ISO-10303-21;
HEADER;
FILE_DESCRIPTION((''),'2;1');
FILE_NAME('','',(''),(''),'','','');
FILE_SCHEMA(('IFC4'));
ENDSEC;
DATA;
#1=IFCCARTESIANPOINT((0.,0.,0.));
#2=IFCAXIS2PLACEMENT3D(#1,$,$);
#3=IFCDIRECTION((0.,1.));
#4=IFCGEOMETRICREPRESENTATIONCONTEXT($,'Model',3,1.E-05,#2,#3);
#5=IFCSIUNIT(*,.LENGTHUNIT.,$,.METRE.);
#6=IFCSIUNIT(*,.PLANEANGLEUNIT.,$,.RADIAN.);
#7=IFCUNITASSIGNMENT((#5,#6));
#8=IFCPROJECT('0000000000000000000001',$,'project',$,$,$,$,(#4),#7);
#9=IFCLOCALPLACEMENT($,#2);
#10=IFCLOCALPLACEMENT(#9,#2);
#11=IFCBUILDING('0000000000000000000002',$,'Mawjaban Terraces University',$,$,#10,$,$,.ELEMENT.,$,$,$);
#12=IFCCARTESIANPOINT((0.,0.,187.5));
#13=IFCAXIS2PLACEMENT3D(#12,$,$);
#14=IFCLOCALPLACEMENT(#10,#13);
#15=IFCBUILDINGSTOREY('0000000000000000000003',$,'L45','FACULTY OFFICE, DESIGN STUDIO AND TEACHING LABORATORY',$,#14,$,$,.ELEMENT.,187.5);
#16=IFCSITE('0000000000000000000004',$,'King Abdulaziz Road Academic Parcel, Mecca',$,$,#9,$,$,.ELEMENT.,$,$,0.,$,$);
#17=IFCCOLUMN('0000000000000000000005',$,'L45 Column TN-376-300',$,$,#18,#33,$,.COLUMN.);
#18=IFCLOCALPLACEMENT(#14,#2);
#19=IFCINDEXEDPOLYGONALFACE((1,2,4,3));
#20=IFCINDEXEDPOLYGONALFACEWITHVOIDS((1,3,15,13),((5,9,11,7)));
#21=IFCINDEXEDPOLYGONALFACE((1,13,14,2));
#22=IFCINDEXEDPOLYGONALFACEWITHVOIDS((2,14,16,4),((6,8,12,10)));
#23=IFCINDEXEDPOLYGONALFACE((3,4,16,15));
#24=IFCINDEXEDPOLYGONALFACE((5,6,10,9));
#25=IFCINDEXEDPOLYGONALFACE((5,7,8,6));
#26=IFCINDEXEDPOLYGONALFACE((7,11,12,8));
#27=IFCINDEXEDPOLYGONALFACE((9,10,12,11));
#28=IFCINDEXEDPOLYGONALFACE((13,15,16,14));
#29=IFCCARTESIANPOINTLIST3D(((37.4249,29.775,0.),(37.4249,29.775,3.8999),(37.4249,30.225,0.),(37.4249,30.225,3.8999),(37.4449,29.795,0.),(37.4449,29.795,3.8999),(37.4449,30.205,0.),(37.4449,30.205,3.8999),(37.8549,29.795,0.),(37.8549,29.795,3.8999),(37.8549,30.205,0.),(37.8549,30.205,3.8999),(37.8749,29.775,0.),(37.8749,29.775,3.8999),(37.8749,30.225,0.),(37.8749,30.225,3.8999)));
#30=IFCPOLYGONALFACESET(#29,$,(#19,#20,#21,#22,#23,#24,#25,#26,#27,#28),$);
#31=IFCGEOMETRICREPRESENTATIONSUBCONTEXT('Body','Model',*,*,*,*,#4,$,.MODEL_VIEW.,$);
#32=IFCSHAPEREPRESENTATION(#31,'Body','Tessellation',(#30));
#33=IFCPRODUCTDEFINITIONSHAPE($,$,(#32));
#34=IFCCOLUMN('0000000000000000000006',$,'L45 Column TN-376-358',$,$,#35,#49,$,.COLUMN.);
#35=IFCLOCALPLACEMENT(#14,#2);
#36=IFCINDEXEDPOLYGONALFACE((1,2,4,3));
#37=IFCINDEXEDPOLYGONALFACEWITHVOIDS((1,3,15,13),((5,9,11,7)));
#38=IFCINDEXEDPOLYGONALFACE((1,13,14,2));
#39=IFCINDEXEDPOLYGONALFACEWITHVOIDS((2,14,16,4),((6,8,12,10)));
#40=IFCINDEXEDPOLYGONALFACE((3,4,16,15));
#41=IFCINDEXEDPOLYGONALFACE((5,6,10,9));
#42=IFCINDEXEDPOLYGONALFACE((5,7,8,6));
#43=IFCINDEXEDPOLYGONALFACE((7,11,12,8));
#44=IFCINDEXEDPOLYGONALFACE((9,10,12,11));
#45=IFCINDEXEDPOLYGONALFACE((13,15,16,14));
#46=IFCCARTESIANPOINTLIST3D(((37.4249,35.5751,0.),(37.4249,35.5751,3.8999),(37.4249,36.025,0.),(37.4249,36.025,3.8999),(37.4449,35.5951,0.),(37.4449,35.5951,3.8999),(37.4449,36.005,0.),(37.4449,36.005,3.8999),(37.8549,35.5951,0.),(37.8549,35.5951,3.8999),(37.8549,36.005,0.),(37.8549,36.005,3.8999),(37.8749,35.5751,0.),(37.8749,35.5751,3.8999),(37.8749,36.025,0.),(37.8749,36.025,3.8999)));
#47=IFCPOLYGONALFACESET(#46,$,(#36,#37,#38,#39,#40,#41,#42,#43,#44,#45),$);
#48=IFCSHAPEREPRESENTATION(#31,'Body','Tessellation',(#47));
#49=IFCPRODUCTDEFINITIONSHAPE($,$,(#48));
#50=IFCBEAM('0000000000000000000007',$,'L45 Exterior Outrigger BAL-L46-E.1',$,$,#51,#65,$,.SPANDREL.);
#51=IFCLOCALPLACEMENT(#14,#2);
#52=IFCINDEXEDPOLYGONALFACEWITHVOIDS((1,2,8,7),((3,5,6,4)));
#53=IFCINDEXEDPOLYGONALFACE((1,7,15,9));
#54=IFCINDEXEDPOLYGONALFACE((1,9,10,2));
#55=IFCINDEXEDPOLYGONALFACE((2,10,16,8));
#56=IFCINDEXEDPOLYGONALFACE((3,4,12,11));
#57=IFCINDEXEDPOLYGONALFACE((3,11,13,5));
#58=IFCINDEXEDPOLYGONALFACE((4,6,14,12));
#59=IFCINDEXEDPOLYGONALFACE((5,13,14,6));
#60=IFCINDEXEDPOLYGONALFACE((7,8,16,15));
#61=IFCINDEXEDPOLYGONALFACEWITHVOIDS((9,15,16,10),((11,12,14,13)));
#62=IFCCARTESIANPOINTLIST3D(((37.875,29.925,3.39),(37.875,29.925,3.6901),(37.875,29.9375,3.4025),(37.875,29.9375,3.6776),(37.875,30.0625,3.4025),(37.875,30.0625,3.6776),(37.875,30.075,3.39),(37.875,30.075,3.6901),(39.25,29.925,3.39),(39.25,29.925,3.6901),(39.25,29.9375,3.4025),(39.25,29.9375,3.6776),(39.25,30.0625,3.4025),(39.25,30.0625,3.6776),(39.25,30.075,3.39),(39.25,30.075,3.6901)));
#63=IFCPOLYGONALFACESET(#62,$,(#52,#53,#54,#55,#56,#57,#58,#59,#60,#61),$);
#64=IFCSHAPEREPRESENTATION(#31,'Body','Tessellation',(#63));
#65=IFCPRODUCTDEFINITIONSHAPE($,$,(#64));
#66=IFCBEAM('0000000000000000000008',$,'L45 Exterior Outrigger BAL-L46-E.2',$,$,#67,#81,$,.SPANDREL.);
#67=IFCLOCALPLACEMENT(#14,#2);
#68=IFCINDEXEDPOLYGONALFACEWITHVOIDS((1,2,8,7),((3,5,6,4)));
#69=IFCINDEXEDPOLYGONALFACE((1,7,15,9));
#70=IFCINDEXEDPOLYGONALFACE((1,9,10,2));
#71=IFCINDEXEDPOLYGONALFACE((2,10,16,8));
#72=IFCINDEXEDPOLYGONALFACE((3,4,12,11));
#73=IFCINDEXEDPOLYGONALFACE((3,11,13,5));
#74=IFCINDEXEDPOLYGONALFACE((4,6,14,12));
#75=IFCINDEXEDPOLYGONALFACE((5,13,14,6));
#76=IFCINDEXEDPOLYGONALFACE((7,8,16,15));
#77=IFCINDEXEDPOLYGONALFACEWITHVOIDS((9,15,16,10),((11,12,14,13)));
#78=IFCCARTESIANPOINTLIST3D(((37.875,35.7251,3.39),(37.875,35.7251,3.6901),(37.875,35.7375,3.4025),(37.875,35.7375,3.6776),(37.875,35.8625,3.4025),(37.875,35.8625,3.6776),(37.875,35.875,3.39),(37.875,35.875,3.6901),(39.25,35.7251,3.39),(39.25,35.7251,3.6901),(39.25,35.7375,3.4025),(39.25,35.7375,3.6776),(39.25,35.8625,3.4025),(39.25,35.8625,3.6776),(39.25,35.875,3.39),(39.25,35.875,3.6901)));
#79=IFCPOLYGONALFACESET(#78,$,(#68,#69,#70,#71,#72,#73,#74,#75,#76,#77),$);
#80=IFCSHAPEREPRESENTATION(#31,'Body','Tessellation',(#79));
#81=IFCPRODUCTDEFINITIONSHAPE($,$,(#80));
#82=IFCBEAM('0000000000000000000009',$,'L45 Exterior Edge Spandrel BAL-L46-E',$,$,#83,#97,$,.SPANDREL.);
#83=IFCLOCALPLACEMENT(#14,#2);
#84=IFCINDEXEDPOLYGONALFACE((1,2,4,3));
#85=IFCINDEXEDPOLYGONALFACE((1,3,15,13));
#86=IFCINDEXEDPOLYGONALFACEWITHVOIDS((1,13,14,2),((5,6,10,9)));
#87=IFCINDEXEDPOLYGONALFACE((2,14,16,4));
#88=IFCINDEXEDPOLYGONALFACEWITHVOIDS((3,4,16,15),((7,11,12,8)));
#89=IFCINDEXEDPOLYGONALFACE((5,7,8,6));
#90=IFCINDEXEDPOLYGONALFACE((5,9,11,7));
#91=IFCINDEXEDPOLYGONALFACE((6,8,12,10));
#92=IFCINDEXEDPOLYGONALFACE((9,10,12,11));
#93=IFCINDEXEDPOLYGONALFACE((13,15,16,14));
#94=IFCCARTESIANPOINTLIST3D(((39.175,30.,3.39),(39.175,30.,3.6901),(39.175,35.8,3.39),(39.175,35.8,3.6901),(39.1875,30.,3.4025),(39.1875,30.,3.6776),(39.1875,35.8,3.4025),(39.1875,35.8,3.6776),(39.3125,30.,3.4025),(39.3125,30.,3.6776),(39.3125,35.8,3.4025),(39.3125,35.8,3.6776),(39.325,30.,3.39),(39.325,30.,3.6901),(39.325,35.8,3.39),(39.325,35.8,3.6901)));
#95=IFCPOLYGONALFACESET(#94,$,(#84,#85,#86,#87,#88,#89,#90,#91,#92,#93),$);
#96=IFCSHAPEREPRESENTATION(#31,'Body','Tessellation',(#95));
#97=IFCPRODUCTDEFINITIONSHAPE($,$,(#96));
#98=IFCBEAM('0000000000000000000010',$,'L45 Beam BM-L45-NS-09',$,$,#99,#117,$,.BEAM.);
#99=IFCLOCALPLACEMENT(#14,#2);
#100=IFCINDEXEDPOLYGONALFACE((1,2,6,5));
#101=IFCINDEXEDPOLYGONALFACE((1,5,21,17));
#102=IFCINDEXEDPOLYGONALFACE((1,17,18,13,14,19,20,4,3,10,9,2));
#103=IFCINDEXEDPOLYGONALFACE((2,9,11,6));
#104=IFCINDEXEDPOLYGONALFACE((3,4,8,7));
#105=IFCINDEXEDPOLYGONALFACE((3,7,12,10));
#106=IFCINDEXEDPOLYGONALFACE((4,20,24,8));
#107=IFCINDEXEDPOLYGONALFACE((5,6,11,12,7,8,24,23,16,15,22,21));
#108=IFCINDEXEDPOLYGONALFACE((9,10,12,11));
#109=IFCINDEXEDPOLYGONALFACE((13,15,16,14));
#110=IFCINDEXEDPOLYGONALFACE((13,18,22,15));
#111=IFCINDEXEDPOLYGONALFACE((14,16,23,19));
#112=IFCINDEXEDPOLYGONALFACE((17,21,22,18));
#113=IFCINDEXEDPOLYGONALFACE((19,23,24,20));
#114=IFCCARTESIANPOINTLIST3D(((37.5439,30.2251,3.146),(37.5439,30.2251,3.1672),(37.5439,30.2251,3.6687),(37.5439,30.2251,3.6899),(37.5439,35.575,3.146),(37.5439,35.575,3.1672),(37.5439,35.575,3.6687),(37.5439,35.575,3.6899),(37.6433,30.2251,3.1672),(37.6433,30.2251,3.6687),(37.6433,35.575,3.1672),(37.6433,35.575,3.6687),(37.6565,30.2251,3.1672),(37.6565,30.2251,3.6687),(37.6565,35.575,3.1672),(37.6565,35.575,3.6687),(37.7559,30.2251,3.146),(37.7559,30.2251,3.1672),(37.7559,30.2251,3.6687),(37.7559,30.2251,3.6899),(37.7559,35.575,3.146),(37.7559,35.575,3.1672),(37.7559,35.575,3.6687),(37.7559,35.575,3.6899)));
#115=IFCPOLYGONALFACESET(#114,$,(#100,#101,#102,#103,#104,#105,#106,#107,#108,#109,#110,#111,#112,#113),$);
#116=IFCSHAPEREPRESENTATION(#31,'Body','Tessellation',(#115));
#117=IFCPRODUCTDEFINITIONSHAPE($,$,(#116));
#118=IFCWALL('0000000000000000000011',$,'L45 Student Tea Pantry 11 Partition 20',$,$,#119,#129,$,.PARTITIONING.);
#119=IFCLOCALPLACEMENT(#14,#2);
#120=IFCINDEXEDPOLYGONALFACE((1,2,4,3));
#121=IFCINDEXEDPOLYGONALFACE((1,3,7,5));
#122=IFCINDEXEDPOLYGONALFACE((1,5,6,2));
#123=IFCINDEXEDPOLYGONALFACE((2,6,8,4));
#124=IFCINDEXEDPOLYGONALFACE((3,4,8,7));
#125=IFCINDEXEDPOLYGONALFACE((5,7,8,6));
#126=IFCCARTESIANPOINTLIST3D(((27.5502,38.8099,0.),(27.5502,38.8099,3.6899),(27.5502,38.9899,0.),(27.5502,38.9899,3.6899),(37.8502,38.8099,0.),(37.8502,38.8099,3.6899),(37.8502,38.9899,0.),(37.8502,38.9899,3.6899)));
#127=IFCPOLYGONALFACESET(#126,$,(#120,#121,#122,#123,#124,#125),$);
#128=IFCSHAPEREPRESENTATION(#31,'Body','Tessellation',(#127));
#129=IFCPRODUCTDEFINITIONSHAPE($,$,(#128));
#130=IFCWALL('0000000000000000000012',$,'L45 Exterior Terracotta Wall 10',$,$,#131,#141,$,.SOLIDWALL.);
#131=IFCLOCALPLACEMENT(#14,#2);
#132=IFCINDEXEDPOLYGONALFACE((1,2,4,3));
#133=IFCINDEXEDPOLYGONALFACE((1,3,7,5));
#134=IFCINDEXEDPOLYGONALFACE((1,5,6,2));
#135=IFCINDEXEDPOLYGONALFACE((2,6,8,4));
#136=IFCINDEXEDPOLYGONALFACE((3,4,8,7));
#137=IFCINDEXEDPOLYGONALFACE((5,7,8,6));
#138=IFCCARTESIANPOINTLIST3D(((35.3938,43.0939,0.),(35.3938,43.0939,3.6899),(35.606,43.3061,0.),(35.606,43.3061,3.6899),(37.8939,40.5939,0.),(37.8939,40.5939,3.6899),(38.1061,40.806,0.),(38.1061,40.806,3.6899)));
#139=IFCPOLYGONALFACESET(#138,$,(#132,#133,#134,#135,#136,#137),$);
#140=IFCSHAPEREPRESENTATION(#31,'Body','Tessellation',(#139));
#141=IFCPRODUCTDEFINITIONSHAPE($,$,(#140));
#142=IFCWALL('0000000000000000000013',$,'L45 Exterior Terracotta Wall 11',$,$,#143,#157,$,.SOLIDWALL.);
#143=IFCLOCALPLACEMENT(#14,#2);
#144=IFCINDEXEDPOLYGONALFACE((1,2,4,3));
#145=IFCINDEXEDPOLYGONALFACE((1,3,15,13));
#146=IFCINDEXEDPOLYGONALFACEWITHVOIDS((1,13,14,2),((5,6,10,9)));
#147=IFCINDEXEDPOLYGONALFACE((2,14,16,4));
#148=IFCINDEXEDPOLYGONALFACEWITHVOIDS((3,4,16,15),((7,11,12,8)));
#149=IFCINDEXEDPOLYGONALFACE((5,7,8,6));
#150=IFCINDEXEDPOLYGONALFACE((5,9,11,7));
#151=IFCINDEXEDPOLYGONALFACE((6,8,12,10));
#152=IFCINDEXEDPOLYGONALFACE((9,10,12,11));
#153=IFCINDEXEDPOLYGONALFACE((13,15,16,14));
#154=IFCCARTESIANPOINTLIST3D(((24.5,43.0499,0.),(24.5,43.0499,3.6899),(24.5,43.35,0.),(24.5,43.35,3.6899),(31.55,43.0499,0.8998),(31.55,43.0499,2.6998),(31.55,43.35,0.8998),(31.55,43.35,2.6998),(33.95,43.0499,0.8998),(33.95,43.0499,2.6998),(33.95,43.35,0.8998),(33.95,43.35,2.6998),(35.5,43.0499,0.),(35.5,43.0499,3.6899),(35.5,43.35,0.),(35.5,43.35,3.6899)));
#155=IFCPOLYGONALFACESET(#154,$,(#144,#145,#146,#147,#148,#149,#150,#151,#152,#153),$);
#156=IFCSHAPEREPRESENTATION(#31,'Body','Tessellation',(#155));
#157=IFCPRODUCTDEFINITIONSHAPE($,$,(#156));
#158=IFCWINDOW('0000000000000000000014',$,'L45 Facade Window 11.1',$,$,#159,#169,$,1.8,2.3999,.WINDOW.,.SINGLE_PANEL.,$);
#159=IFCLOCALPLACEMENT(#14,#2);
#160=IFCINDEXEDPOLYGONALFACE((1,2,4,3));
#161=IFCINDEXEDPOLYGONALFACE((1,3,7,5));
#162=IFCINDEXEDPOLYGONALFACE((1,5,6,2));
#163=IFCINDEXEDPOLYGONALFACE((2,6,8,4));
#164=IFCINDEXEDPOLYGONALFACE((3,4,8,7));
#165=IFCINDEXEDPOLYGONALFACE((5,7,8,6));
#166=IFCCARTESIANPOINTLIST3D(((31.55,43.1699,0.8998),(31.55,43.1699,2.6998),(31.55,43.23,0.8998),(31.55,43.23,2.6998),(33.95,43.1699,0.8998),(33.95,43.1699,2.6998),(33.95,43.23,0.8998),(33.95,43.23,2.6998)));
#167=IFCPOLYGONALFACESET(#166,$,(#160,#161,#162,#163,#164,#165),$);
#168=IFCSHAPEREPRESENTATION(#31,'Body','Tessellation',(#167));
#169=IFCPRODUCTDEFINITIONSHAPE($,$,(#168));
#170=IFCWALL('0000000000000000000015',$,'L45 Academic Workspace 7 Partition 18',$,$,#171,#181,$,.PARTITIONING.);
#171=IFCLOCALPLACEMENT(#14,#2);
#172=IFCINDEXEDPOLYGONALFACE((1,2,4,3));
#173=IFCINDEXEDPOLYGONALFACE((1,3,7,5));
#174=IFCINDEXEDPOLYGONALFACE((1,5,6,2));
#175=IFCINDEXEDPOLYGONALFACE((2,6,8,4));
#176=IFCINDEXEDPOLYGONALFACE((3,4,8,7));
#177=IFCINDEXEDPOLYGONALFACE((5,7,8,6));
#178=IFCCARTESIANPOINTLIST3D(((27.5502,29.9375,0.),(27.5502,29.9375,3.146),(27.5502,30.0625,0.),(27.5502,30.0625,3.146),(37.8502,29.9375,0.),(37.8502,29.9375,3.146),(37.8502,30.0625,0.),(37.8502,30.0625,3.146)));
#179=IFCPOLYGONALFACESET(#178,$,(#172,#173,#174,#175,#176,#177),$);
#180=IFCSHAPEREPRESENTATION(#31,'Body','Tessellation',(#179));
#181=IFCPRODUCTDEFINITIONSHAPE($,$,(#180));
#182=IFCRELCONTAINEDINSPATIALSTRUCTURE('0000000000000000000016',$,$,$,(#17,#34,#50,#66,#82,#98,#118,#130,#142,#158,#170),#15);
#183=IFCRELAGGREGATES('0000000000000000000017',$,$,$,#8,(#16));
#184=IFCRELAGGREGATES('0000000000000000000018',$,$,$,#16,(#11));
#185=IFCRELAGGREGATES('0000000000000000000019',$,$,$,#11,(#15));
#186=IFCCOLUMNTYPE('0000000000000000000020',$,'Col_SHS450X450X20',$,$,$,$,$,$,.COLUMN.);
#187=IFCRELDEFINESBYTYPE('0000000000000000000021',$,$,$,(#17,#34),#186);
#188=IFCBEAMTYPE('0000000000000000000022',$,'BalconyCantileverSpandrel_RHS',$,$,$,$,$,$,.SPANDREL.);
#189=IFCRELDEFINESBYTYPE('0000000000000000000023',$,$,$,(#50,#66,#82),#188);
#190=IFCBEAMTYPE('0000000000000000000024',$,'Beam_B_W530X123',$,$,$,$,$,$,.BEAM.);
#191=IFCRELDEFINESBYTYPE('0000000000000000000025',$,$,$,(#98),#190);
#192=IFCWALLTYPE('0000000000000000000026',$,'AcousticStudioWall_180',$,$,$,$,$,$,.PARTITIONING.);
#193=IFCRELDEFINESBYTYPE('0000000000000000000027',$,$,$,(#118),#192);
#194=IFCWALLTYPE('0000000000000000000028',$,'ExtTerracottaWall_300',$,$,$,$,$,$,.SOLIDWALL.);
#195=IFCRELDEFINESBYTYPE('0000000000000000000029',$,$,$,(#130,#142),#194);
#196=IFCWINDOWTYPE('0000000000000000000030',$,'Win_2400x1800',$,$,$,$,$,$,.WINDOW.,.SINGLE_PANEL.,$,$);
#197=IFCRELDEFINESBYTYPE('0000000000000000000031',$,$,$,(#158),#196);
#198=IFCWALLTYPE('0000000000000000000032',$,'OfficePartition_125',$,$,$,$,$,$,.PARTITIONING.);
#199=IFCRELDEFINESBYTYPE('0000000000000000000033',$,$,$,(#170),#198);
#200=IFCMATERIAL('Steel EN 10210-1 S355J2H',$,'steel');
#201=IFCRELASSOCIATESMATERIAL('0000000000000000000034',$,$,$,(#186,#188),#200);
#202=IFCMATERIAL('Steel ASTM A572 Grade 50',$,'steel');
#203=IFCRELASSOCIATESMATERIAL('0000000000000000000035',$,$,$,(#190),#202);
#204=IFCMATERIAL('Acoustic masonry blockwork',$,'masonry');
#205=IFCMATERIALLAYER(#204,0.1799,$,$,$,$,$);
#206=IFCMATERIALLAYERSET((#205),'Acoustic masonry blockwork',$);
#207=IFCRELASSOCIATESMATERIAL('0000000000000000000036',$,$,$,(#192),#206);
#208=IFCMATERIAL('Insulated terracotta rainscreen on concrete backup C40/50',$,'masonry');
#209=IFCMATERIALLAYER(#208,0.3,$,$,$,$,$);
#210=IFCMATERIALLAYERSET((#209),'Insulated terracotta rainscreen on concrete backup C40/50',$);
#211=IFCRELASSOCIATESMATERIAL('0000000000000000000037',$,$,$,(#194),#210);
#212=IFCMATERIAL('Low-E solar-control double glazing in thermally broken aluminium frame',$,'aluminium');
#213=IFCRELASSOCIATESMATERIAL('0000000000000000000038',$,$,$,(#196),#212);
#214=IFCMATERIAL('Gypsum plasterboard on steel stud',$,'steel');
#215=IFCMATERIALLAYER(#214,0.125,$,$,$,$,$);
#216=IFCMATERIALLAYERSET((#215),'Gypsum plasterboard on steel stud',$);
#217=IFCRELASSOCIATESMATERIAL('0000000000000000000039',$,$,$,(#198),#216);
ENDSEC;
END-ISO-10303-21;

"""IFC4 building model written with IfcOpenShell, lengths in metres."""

from ifc_helpers import new_model, si_unit, direction, frame, frame_2d, origin, origin_2d, place, context, subcontext, project, spatial, rectangle, hollow_rectangle, i_section, extrude, material, layer, layer_set, material_profile, profile_set, type_object, element, fill, save


model = new_model("IFC4")

# Units and contexts
model_context = context("Model", 3, precision=1e-05, world=origin(), true_north=direction((0.0, 1.0)))
body_context = subcontext(model_context, "Body", "Model", "MODEL_VIEW")
ifc_project = project(units=[si_unit("LENGTHUNIT", "METRE"), si_unit("PLANEANGLEUNIT", "RADIAN")], contexts=[model_context])

# Site, building, storey
site_placement = place(None, origin())
site = spatial("IfcSite", under=ifc_project, at=site_placement, Name="King Abdulaziz Road Academic Parcel, Mecca", CompositionType="ELEMENT", RefElevation=0.0)
building_placement = place(site_placement, origin())
building = spatial("IfcBuilding", under=site, at=building_placement, Name="Mawjaban Terraces University", CompositionType="ELEMENT")
storey_placement = place(building_placement, frame((0.0, 0.0, 187.5)))
storey = spatial("IfcBuildingStorey", under=building, at=storey_placement, Name="L45", Description="FACULTY OFFICE, DESIGN STUDIO AND TEACHING LABORATORY", CompositionType="ELEMENT", Elevation=187.5)

# Columns
ifc_material_1 = material(Name="Steel EN 10210-1 S355J2H", Category="steel")
ifc_material_profile_1 = material_profile(ifc_material_1, hollow_rectangle(XDim=0.45, YDim=0.45, WallThickness=0.02, at=origin_2d()), Name="SHS450X450X20")
ifc_profile_set_1 = profile_set([ifc_material_profile_1], Name="Steel EN 10210-1 S355J2H")
column_type = type_object("IfcColumnType", Name="Col_SHS450X450X20", PredefinedType="COLUMN", material=ifc_profile_set_1)
for number, where, z_axis, x_axis, name in (
    (1, (37.6499, 30.0, 0.0), (0.0, 0.0, 1.0), (1.0, 0.0, 0.0), "L45 Column TN-376-300"),
    (2, (37.6499, 35.8, 0.0), (0.0, 0.0, 1.0), (1.0, 0.0, 0.0), "L45 Column TN-376-358"),
):
    element("IfcColumn", number, at=place(storey_placement, frame(where, z_axis=z_axis, x_axis=x_axis)), inside=storey, type_object=column_type, Name=name, PredefinedType="COLUMN", context=body_context, shape_type="SweptSolid", body=[
        extrude(hollow_rectangle(XDim=0.45, YDim=0.45, WallThickness=0.02, at=origin_2d()), origin(), (0.0, 0.0, 1.0), 3.8999),
    ])

# Beams
ifc_material_profile_2 = material_profile(ifc_material_1, hollow_rectangle(XDim=0.1499, YDim=0.3, WallThickness=0.0125, at=origin_2d()), Name="RHS300X150X12.5")
ifc_profile_set_2 = profile_set([ifc_material_profile_2], Name="Steel EN 10210-1 S355J2H")
beam_type_1 = type_object("IfcBeamType", Name="BalconyCantileverSpandrel_RHS", PredefinedType="SPANDREL", material=ifc_profile_set_2)
for number, where, z_axis, x_axis, name in (
    (3, (37.875, 30.0, 3.54), (1.0, 0.0, 0.0), (0.0, 1.0, 0.0), "L45 Exterior Outrigger BAL-L46-E.1"),
    (4, (37.875, 35.8, 3.54), (1.0, 0.0, 0.0), (0.0, 1.0, 0.0), "L45 Exterior Outrigger BAL-L46-E.2"),
):
    element("IfcBeam", number, at=place(storey_placement, frame(where, z_axis=z_axis, x_axis=x_axis)), inside=storey, type_object=beam_type_1, Name=name, PredefinedType="SPANDREL", context=body_context, shape_type="SweptSolid", body=[
        extrude(hollow_rectangle(XDim=0.1499, YDim=0.3, WallThickness=0.0125, at=origin_2d()), origin(), (0.0, 0.0, 1.0), 1.375),
    ])
beam_1_placement = place(storey_placement, frame((39.25, 30.0, 3.54), z_axis=(0.0, 1.0, 0.0), x_axis=(-1.0, 0.0, 0.0)))
element("IfcBeam", 5, at=beam_1_placement, inside=storey, type_object=beam_type_1, Name="L45 Exterior Edge Spandrel BAL-L46-E", PredefinedType="SPANDREL", context=body_context, shape_type="SweptSolid", body=[
    extrude(hollow_rectangle(XDim=0.1499, YDim=0.3, WallThickness=0.0125, at=origin_2d()), origin(), (0.0, 0.0, 1.0), 5.8),
])
ifc_material_2 = material(Name="Steel ASTM A572 Grade 50", Category="steel")
ifc_material_profile_3 = material_profile(ifc_material_2, i_section(OverallWidth=0.2119, OverallDepth=0.5439, WebThickness=0.0132, FlangeThickness=0.0212, at=origin_2d()), Name="W530X123")
ifc_profile_set_3 = profile_set([ifc_material_profile_3], Name="Steel ASTM A572 Grade 50")
beam_type_2 = type_object("IfcBeamType", Name="Beam_B_W530X123", PredefinedType="BEAM", material=ifc_profile_set_3)
beam_2_placement = place(storey_placement, frame((37.6499, 30.2251, 3.418), z_axis=(0.0, 1.0, 0.0), x_axis=(-1.0, 0.0, 0.0)))
element("IfcBeam", 6, at=beam_2_placement, inside=storey, type_object=beam_type_2, Name="L45 Beam BM-L45-NS-09", PredefinedType="BEAM", context=body_context, shape_type="SweptSolid", body=[
    extrude(i_section(OverallWidth=0.2119, OverallDepth=0.5439, WebThickness=0.0132, FlangeThickness=0.0212, at=origin_2d()), origin(), (0.0, 0.0, 1.0), 5.3499),
])

# Walls
ifc_material_3 = material(Name="Acoustic masonry blockwork", Category="masonry")
ifc_layer_1 = layer(ifc_material_3, 0.1799)
ifc_layer_set_1 = layer_set([ifc_layer_1], Name="Acoustic masonry blockwork")
wall_type_1 = type_object("IfcWallType", Name="AcousticStudioWall_180", PredefinedType="PARTITIONING", material=ifc_layer_set_1)
wall_1_placement = place(storey_placement, frame((37.8501, 38.8999, 0.0), z_axis=(0.0, 0.0, 1.0), x_axis=(-1.0, 0.0, 0.0)))
element("IfcWall", 7, at=wall_1_placement, inside=storey, type_object=wall_type_1, Name="L45 Student Tea Pantry 11 Partition 20", PredefinedType="PARTITIONING", context=body_context, shape_type="SweptSolid", body=[
    extrude(rectangle(XDim=10.3, YDim=0.1799, at=frame_2d((5.1499, 0.0))), origin(), (0.0, 0.0, 1.0), 3.6899),
])
ifc_material_4 = material(Name="Insulated terracotta rainscreen on concrete backup C40/50", Category="masonry")
ifc_layer_2 = layer(ifc_material_4, 0.3)
ifc_layer_set_2 = layer_set([ifc_layer_2], Name="Insulated terracotta rainscreen on concrete backup C40/50")
wall_type_2 = type_object("IfcWallType", Name="ExtTerracottaWall_300", PredefinedType="SOLIDWALL", material=ifc_layer_set_2)
wall_2_placement = place(storey_placement, frame((38.0, 40.7, 0.0), z_axis=(0.0, 0.0, 1.0), x_axis=(-0.707107, 0.707107, 0.0)))
element("IfcWall", 8, at=wall_2_placement, inside=storey, type_object=wall_type_2, Name="L45 Exterior Terracotta Wall 10", PredefinedType="SOLIDWALL", context=body_context, shape_type="SweptSolid", body=[
    extrude(rectangle(XDim=3.5356, YDim=0.3, at=frame_2d((1.7678, 0.0))), origin(), (0.0, 0.0, 1.0), 3.6899),
])

# Wall, opening, window
wall_3_placement = place(storey_placement, frame((35.5, 43.2, 0.0), z_axis=(0.0, 0.0, 1.0), x_axis=(-1.0, 0.0, 0.0)))
wall_3 = element("IfcWall", 9, at=wall_3_placement, inside=storey, type_object=wall_type_2, Name="L45 Exterior Terracotta Wall 11", PredefinedType="SOLIDWALL", context=body_context, shape_type="SweptSolid", body=[
    extrude(rectangle(XDim=11.0, YDim=0.3, at=frame_2d((5.5, 0.0))), origin(), (0.0, 0.0, 1.0), 3.6899),
])
opening_placement = place(wall_3_placement, frame((1.55, 0.0, 0.8999)))
opening = element("IfcOpeningElement", 10, at=opening_placement, cuts=wall_3, PredefinedType="OPENING", context=body_context, shape_type="SweptSolid", body=[
    extrude(rectangle(XDim=2.3999, YDim=1.8, at=frame_2d((1.2, 0.8999))), frame((0.0, 0.1599, 0.0), z_axis=(0.0, -1.0, 0.0), x_axis=(1.0, 0.0, 0.0)), (0.0, 0.0, 1.0), 0.3201),
])
ifc_material_5 = material(Name="Low-E solar-control double glazing in thermally broken aluminium frame", Category="aluminium")
window_type = type_object("IfcWindowType", Name="Win_2400x1800", PartitioningType="SINGLE_PANEL", PredefinedType="WINDOW", material=ifc_material_5)
window_placement = place(opening_placement, origin())
window = element("IfcWindow", 11, at=window_placement, inside=storey, type_object=window_type, Name="L45 Facade Window 11.1", OverallHeight=1.8, OverallWidth=2.3999, PartitioningType="SINGLE_PANEL", PredefinedType="WINDOW", context=body_context, shape_type="SweptSolid", body=[
    extrude(rectangle(XDim=2.3999, YDim=1.8, at=frame_2d((1.2, 0.8999))), frame((0.0, 0.03, 0.0), z_axis=(0.0, -1.0, 0.0), x_axis=(1.0, 0.0, 0.0)), (0.0, 0.0, 1.0), 0.0601),
])
fill(opening, window)

# Wall
ifc_material_6 = material(Name="Gypsum plasterboard on steel stud", Category="steel")
ifc_layer_3 = layer(ifc_material_6, 0.125)
ifc_layer_set_3 = layer_set([ifc_layer_3], Name="Gypsum plasterboard on steel stud")
wall_type_3 = type_object("IfcWallType", Name="OfficePartition_125", PredefinedType="PARTITIONING", material=ifc_layer_set_3)
wall_4_placement = place(storey_placement, frame((37.8501, 30.0, 0.0), z_axis=(0.0, 0.0, 1.0), x_axis=(-1.0, 0.0, 0.0)))
element("IfcWall", 12, at=wall_4_placement, inside=storey, type_object=wall_type_3, Name="L45 Academic Workspace 7 Partition 18", PredefinedType="PARTITIONING", context=body_context, shape_type="SweptSolid", body=[
    extrude(rectangle(XDim=10.3, YDim=0.125, at=frame_2d((5.1499, 0.0))), origin(), (0.0, 0.0, 1.0), 3.146),
])

save(model, "model.ifc")
